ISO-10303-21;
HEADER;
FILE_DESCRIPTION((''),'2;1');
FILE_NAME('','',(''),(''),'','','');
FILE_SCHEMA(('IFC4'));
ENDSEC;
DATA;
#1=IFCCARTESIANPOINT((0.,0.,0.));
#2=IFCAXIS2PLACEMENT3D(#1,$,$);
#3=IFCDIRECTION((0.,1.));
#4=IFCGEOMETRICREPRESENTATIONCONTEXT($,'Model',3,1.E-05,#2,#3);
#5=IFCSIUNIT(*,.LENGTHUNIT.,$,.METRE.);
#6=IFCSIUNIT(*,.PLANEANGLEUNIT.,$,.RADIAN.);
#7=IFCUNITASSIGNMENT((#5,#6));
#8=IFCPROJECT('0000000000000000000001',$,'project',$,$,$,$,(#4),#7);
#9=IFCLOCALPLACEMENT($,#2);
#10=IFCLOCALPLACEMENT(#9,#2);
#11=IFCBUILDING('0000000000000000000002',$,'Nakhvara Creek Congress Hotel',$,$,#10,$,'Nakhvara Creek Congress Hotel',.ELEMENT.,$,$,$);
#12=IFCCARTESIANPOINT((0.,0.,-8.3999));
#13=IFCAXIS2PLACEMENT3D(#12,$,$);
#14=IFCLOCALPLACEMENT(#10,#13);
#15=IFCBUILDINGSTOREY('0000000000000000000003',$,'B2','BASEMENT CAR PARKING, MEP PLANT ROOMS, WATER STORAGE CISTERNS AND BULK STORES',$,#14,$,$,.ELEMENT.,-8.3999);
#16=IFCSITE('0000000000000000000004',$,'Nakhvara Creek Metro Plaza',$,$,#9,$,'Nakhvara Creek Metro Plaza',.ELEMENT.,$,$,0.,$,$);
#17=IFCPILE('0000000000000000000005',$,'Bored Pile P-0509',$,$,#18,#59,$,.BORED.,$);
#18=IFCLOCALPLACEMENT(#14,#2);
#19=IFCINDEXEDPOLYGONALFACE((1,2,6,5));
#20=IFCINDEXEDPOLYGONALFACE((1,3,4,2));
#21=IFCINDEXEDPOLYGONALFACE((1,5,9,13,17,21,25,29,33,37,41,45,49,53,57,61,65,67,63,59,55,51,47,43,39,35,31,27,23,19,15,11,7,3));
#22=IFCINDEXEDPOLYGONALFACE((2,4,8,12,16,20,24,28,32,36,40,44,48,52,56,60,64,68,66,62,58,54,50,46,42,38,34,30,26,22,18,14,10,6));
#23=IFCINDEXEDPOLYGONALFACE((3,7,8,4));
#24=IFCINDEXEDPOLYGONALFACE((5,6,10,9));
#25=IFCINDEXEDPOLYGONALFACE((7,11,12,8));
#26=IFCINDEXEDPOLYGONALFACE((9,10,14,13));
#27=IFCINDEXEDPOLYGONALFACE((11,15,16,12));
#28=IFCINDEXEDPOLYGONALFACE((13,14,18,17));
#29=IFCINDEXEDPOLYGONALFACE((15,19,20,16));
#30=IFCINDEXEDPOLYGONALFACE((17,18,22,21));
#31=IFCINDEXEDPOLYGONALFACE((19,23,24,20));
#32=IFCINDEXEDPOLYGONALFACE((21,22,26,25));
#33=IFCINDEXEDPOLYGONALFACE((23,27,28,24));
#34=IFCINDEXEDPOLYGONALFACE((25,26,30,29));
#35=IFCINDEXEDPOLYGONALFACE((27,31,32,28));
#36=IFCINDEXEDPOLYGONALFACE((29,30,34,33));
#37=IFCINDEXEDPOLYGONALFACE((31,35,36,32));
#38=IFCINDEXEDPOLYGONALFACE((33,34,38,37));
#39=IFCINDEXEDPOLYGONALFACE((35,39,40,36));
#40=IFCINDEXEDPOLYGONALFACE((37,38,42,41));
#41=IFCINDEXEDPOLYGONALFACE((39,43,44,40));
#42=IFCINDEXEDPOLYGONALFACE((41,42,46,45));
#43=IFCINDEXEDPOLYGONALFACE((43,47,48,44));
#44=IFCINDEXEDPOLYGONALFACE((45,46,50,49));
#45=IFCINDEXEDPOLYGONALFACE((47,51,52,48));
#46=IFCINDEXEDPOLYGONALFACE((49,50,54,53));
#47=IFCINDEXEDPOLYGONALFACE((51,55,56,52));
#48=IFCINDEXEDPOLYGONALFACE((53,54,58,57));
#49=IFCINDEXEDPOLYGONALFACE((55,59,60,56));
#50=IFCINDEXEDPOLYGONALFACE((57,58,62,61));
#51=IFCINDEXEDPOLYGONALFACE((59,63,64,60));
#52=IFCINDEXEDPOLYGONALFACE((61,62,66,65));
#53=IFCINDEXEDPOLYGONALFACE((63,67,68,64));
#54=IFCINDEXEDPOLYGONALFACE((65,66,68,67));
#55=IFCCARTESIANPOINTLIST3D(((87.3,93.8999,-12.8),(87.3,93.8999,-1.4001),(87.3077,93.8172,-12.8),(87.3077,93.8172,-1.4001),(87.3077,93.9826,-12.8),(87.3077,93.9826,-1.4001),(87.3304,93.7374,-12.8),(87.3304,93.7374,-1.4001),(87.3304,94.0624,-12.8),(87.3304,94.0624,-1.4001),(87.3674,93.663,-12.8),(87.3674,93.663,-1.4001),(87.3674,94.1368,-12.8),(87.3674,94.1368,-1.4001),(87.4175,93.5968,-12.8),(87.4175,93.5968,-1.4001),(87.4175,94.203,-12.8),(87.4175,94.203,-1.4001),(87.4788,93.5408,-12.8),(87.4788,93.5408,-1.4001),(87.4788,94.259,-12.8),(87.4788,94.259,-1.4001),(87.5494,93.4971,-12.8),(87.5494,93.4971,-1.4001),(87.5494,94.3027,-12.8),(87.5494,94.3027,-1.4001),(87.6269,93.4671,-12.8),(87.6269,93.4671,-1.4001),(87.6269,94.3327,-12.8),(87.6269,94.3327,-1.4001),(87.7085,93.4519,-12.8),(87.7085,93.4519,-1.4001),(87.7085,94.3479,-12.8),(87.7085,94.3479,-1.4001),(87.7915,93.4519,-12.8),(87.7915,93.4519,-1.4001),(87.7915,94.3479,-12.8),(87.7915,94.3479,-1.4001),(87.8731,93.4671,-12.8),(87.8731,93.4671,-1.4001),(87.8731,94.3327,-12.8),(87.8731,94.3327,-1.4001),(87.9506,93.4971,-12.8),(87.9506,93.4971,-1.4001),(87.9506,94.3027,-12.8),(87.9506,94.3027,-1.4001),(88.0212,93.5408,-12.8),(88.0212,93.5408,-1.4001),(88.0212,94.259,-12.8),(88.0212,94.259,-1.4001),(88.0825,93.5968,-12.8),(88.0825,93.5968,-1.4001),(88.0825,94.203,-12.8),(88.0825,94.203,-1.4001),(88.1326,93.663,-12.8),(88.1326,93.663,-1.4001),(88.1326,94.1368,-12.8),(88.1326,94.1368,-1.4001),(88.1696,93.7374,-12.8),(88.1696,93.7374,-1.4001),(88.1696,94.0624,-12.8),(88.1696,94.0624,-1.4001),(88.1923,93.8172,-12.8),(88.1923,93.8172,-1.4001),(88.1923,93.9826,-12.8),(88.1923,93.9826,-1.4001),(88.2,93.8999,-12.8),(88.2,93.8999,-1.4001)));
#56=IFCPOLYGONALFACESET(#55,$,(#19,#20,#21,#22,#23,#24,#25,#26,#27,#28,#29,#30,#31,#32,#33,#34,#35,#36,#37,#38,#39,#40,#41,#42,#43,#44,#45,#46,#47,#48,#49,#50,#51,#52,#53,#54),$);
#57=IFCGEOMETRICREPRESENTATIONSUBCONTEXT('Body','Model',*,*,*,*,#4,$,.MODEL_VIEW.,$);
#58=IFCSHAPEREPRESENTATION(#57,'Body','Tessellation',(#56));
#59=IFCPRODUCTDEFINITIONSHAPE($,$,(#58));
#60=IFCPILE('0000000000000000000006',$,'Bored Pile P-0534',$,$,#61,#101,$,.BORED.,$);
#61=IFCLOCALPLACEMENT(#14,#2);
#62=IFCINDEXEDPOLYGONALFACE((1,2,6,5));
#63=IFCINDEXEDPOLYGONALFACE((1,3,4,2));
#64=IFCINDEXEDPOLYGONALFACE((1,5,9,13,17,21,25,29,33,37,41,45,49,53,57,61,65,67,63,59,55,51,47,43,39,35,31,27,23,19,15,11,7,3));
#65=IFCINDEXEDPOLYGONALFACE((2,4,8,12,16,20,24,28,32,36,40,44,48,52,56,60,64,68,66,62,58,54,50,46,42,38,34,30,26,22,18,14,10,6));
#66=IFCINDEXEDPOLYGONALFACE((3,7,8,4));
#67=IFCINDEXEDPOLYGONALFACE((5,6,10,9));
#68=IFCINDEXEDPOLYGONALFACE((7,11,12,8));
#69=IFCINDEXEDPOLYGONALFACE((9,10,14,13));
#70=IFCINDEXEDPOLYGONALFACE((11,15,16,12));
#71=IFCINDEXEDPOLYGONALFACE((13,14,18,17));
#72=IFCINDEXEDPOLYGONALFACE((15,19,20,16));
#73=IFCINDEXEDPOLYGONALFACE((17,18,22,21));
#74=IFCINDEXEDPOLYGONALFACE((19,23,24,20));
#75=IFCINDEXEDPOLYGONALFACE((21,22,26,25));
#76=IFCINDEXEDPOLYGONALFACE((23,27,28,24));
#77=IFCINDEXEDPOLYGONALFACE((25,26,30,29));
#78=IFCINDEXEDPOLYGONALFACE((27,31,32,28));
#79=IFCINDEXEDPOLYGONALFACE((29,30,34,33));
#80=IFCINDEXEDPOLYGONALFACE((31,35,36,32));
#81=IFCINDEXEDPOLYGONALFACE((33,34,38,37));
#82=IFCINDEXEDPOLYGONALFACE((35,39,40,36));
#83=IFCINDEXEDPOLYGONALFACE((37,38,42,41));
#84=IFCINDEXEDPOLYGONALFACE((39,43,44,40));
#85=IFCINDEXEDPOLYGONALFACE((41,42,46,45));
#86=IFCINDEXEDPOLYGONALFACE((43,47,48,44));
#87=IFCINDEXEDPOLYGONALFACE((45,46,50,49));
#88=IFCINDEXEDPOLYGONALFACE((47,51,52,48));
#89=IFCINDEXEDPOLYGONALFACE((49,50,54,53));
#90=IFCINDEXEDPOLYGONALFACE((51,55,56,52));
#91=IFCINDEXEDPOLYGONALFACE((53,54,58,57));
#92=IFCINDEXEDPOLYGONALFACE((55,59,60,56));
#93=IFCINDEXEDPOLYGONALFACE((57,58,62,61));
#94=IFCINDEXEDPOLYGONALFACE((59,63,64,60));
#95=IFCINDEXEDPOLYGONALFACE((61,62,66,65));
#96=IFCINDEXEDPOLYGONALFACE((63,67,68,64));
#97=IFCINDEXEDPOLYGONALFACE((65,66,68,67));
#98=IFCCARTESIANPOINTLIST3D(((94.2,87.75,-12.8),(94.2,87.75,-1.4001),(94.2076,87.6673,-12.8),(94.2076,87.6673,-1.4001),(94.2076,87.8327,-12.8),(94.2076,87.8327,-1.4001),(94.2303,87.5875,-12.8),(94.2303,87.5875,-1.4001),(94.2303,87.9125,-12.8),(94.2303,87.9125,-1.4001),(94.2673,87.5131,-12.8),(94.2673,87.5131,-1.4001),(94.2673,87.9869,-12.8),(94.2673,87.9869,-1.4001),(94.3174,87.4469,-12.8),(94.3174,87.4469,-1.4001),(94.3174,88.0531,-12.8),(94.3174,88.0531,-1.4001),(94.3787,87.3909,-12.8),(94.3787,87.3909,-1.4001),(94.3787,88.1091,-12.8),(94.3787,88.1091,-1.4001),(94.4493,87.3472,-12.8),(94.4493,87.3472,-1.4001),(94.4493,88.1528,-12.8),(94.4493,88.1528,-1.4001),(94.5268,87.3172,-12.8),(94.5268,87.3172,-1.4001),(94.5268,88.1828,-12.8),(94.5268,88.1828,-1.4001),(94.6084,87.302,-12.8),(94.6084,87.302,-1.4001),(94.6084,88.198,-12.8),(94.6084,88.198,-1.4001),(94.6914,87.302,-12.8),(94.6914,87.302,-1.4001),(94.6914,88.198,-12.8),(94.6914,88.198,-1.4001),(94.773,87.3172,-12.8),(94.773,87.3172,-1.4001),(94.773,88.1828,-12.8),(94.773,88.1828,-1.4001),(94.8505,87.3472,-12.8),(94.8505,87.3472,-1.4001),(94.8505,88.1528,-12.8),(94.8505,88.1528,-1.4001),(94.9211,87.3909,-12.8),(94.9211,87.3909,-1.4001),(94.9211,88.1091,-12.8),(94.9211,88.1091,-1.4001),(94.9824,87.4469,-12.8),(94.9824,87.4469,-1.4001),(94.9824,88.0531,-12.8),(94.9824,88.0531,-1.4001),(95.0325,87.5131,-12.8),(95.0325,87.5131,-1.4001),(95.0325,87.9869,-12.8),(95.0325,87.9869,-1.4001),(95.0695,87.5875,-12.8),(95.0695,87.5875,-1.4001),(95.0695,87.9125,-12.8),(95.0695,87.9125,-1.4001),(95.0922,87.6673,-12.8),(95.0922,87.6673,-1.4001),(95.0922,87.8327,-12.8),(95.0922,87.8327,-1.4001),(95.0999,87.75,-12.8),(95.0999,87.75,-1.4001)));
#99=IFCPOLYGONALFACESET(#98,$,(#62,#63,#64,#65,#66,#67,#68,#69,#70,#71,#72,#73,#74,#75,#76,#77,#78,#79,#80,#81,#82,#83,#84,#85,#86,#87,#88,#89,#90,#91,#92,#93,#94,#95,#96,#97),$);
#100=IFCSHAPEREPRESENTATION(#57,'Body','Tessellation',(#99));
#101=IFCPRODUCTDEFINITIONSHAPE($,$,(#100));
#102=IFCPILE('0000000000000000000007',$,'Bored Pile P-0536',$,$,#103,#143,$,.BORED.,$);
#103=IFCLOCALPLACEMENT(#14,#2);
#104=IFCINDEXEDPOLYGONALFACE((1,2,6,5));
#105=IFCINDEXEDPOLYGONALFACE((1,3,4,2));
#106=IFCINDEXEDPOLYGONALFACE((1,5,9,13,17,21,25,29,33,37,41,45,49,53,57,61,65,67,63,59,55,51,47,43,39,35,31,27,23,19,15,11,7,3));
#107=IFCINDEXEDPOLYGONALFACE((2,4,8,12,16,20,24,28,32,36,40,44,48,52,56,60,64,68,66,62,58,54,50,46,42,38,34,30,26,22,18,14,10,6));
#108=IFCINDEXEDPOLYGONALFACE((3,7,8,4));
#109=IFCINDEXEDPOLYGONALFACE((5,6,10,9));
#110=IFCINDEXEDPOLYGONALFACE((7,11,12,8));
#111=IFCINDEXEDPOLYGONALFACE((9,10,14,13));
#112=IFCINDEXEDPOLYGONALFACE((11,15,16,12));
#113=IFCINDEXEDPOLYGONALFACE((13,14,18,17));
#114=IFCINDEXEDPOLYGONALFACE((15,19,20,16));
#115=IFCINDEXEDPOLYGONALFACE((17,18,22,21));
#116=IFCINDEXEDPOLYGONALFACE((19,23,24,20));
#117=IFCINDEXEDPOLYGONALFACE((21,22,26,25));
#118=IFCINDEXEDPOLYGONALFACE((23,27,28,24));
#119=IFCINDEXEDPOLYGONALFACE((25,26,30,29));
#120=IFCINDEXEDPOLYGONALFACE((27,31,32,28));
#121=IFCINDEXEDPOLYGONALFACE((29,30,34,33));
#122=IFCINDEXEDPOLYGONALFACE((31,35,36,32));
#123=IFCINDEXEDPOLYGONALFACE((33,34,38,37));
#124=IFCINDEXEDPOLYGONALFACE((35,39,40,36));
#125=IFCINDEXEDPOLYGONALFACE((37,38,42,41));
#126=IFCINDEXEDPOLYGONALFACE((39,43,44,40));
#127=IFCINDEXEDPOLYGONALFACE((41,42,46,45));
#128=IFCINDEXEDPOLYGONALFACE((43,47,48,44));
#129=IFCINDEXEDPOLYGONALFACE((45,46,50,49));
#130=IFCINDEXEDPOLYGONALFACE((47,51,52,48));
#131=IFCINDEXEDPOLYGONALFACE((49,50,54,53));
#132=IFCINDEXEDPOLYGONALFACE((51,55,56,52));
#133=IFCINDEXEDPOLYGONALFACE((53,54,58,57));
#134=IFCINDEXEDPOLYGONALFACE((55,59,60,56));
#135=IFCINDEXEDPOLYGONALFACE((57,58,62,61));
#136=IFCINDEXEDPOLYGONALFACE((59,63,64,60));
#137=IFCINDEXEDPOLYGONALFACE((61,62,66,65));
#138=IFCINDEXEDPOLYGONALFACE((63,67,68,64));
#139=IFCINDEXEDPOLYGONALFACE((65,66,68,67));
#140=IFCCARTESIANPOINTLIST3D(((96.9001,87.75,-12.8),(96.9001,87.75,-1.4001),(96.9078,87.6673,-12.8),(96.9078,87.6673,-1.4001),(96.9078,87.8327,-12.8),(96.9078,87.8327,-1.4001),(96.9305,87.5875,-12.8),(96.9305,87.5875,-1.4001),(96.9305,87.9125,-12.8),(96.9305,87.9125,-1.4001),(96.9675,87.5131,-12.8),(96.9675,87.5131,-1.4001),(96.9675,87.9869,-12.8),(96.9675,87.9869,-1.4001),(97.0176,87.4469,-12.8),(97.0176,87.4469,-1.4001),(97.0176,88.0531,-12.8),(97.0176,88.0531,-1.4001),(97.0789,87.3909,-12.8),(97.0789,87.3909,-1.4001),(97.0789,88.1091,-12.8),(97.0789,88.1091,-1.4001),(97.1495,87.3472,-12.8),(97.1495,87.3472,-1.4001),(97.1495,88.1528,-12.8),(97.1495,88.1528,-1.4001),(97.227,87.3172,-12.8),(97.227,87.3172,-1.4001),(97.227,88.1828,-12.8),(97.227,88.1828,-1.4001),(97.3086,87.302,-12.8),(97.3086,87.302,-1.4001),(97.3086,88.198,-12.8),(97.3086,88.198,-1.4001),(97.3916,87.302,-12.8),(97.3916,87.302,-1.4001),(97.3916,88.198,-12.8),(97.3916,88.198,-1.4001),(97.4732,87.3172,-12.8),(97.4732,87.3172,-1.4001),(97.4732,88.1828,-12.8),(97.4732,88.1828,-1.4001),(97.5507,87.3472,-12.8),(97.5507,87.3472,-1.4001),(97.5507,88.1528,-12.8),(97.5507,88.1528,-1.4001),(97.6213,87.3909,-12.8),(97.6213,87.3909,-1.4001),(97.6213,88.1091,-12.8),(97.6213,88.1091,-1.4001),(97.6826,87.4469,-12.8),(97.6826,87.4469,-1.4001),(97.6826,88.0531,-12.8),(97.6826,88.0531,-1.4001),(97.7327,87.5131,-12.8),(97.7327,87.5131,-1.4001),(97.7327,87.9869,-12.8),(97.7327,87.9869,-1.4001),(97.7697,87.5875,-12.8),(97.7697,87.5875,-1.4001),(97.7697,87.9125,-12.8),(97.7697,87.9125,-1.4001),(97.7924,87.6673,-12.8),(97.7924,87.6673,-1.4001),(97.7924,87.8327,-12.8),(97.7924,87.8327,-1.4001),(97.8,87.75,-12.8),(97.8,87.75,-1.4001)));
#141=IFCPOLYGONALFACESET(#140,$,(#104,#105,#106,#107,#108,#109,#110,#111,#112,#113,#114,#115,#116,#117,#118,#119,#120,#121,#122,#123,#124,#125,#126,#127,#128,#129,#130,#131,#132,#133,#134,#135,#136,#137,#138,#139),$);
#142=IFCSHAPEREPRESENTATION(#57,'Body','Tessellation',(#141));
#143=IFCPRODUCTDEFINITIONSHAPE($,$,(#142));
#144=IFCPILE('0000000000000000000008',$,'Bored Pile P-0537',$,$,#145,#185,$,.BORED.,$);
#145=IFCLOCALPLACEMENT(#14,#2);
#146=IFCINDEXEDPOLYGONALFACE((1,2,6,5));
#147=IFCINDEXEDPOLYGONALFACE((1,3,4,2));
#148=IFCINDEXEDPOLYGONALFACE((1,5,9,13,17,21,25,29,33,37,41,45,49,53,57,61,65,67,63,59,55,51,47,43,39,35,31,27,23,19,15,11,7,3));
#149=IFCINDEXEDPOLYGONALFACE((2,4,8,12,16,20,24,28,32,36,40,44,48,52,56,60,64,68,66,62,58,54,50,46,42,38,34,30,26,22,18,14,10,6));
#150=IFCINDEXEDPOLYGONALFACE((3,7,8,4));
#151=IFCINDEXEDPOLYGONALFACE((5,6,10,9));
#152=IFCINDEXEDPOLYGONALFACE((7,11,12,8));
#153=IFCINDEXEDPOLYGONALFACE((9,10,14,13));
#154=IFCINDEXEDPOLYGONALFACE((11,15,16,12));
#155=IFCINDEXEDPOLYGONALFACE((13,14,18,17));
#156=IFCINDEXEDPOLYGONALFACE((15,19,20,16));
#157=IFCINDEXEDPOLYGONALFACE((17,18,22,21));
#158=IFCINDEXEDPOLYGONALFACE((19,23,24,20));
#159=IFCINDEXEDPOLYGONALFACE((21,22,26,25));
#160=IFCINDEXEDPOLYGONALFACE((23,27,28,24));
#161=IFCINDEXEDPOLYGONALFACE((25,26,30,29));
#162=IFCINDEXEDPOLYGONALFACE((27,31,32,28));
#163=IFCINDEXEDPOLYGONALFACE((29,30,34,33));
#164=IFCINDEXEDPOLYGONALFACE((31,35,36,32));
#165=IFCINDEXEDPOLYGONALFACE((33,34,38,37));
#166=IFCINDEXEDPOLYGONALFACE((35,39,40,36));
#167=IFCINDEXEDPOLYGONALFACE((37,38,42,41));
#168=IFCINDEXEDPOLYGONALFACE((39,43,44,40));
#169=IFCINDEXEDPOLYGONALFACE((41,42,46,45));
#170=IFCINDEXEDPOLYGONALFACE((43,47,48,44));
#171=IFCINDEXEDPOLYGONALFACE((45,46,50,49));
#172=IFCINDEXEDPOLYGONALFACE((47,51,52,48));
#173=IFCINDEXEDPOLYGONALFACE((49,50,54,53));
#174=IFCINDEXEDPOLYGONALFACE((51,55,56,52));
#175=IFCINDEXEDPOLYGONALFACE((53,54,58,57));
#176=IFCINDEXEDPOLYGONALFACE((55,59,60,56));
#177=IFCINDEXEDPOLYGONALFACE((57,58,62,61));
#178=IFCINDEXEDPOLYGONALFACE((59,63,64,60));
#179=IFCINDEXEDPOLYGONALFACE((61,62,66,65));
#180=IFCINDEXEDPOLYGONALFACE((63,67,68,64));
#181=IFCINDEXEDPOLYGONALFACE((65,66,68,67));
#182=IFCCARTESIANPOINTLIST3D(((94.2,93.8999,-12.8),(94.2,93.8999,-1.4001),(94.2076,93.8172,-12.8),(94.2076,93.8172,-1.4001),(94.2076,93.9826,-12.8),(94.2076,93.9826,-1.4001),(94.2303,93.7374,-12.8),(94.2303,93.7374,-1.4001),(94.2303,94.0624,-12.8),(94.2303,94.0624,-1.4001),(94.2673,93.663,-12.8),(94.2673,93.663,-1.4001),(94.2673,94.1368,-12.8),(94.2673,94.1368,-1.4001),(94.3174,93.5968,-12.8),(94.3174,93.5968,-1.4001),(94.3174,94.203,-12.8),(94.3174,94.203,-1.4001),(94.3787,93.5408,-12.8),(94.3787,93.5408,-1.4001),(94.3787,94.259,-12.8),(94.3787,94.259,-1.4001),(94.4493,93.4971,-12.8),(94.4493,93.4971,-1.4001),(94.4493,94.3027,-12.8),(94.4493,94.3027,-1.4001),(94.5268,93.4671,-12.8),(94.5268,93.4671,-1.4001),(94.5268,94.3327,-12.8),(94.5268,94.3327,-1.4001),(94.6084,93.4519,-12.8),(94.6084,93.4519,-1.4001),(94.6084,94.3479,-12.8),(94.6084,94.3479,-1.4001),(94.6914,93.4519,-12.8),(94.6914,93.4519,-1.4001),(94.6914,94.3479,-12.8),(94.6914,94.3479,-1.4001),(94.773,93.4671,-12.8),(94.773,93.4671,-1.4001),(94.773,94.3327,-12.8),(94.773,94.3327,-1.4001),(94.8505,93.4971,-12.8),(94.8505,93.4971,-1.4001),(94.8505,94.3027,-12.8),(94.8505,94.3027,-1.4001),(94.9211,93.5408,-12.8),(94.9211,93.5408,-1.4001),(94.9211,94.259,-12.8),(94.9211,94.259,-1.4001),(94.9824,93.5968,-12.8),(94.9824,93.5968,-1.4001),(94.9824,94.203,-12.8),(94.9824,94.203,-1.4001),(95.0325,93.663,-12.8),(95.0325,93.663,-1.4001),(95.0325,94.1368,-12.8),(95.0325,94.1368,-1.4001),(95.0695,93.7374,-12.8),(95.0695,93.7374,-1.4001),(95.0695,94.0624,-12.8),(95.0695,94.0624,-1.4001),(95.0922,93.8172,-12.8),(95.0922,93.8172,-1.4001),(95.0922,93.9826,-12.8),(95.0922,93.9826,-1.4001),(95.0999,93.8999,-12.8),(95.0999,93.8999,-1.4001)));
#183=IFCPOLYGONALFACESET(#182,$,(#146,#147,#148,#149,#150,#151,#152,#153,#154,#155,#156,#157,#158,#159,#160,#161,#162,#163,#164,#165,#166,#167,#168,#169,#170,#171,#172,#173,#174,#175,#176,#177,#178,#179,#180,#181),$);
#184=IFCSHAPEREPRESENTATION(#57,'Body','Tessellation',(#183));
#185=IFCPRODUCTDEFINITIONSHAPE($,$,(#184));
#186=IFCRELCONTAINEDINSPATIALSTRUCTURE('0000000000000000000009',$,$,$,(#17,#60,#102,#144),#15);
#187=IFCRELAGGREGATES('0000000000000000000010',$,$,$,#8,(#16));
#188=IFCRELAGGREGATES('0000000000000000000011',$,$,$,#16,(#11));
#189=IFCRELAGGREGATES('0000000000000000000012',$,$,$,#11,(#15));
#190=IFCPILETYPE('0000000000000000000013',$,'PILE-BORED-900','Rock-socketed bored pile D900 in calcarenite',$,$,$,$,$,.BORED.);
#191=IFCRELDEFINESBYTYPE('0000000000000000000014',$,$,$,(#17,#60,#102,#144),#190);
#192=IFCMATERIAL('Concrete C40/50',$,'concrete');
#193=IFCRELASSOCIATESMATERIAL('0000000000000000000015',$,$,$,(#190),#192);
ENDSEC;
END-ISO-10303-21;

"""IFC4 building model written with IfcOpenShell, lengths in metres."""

from ifc_helpers import new_model, si_unit, direction, frame, origin, origin_2d, place, context, subcontext, project, spatial, circle, extrude, material, material_profile, profile_set, type_object, element, save


model = new_model("IFC4")

# Units and contexts
model_context = context("Model", 3, precision=1e-05, world=origin(), true_north=direction((0.0, 1.0)))
body_context = subcontext(model_context, "Body", "Model", "MODEL_VIEW")
ifc_project = project(units=[si_unit("LENGTHUNIT", "METRE"), si_unit("PLANEANGLEUNIT", "RADIAN")], contexts=[model_context])

# Site, building, storey
site_placement = place(None, origin())
site = spatial("IfcSite", under=ifc_project, at=site_placement, Name="Nakhvara Creek Metro Plaza", LongName="Nakhvara Creek Metro Plaza", CompositionType="ELEMENT", RefElevation=0.0)
building_placement = place(site_placement, origin())
building = spatial("IfcBuilding", under=site, at=building_placement, Name="Nakhvara Creek Congress Hotel", LongName="Nakhvara Creek Congress Hotel", CompositionType="ELEMENT")
storey_placement = place(building_placement, frame((0.0, 0.0, -8.3999)))
storey = spatial("IfcBuildingStorey", under=building, at=storey_placement, Name="B2", Description="BASEMENT CAR PARKING, MEP PLANT ROOMS, WATER STORAGE CISTERNS AND BULK STORES", CompositionType="ELEMENT", Elevation=-8.3999)

# Shared definitions
ifc_material_1 = material(Name="Concrete C40/50", Category="concrete")

# Piles
ifc_material_profile_1 = material_profile(ifc_material_1, circle(Radius=0.45, at=origin_2d()), Name="BORED PILE D900", Category="LoadBearing")
ifc_profile_set_1 = profile_set([ifc_material_profile_1], Name="Concrete C40/50")
pile_type = type_object("IfcPileType", Name="PILE-BORED-900", Description="Rock-socketed bored pile D900 in calcarenite", PredefinedType="BORED", material=ifc_profile_set_1)
for number, where, z_axis, x_axis, name in (
    (1, (87.75, 93.8999, -1.4001), (0.0, 0.0, -1.0), (1.0, 0.0, 0.0), "Bored Pile P-0509"),
    (2, (94.6499, 87.75, -1.4001), (0.0, 0.0, -1.0), (1.0, 0.0, 0.0), "Bored Pile P-0534"),
    (3, (97.3501, 87.75, -1.4001), (0.0, 0.0, -1.0), (1.0, 0.0, 0.0), "Bored Pile P-0536"),
    (4, (94.6499, 93.8999, -1.4001), (0.0, 0.0, -1.0), (1.0, 0.0, 0.0), "Bored Pile P-0537"),
):
    element("IfcPile", number, at=place(storey_placement, frame(where, z_axis=z_axis, x_axis=x_axis)), inside=storey, type_object=pile_type, Name=name, PredefinedType="BORED", context=body_context, shape_type="SweptSolid", body=[
        extrude(circle(Radius=0.45, at=origin_2d()), origin(), (0.0, 0.0, 1.0), 11.3999),
    ])

save(model, "model.ifc")
